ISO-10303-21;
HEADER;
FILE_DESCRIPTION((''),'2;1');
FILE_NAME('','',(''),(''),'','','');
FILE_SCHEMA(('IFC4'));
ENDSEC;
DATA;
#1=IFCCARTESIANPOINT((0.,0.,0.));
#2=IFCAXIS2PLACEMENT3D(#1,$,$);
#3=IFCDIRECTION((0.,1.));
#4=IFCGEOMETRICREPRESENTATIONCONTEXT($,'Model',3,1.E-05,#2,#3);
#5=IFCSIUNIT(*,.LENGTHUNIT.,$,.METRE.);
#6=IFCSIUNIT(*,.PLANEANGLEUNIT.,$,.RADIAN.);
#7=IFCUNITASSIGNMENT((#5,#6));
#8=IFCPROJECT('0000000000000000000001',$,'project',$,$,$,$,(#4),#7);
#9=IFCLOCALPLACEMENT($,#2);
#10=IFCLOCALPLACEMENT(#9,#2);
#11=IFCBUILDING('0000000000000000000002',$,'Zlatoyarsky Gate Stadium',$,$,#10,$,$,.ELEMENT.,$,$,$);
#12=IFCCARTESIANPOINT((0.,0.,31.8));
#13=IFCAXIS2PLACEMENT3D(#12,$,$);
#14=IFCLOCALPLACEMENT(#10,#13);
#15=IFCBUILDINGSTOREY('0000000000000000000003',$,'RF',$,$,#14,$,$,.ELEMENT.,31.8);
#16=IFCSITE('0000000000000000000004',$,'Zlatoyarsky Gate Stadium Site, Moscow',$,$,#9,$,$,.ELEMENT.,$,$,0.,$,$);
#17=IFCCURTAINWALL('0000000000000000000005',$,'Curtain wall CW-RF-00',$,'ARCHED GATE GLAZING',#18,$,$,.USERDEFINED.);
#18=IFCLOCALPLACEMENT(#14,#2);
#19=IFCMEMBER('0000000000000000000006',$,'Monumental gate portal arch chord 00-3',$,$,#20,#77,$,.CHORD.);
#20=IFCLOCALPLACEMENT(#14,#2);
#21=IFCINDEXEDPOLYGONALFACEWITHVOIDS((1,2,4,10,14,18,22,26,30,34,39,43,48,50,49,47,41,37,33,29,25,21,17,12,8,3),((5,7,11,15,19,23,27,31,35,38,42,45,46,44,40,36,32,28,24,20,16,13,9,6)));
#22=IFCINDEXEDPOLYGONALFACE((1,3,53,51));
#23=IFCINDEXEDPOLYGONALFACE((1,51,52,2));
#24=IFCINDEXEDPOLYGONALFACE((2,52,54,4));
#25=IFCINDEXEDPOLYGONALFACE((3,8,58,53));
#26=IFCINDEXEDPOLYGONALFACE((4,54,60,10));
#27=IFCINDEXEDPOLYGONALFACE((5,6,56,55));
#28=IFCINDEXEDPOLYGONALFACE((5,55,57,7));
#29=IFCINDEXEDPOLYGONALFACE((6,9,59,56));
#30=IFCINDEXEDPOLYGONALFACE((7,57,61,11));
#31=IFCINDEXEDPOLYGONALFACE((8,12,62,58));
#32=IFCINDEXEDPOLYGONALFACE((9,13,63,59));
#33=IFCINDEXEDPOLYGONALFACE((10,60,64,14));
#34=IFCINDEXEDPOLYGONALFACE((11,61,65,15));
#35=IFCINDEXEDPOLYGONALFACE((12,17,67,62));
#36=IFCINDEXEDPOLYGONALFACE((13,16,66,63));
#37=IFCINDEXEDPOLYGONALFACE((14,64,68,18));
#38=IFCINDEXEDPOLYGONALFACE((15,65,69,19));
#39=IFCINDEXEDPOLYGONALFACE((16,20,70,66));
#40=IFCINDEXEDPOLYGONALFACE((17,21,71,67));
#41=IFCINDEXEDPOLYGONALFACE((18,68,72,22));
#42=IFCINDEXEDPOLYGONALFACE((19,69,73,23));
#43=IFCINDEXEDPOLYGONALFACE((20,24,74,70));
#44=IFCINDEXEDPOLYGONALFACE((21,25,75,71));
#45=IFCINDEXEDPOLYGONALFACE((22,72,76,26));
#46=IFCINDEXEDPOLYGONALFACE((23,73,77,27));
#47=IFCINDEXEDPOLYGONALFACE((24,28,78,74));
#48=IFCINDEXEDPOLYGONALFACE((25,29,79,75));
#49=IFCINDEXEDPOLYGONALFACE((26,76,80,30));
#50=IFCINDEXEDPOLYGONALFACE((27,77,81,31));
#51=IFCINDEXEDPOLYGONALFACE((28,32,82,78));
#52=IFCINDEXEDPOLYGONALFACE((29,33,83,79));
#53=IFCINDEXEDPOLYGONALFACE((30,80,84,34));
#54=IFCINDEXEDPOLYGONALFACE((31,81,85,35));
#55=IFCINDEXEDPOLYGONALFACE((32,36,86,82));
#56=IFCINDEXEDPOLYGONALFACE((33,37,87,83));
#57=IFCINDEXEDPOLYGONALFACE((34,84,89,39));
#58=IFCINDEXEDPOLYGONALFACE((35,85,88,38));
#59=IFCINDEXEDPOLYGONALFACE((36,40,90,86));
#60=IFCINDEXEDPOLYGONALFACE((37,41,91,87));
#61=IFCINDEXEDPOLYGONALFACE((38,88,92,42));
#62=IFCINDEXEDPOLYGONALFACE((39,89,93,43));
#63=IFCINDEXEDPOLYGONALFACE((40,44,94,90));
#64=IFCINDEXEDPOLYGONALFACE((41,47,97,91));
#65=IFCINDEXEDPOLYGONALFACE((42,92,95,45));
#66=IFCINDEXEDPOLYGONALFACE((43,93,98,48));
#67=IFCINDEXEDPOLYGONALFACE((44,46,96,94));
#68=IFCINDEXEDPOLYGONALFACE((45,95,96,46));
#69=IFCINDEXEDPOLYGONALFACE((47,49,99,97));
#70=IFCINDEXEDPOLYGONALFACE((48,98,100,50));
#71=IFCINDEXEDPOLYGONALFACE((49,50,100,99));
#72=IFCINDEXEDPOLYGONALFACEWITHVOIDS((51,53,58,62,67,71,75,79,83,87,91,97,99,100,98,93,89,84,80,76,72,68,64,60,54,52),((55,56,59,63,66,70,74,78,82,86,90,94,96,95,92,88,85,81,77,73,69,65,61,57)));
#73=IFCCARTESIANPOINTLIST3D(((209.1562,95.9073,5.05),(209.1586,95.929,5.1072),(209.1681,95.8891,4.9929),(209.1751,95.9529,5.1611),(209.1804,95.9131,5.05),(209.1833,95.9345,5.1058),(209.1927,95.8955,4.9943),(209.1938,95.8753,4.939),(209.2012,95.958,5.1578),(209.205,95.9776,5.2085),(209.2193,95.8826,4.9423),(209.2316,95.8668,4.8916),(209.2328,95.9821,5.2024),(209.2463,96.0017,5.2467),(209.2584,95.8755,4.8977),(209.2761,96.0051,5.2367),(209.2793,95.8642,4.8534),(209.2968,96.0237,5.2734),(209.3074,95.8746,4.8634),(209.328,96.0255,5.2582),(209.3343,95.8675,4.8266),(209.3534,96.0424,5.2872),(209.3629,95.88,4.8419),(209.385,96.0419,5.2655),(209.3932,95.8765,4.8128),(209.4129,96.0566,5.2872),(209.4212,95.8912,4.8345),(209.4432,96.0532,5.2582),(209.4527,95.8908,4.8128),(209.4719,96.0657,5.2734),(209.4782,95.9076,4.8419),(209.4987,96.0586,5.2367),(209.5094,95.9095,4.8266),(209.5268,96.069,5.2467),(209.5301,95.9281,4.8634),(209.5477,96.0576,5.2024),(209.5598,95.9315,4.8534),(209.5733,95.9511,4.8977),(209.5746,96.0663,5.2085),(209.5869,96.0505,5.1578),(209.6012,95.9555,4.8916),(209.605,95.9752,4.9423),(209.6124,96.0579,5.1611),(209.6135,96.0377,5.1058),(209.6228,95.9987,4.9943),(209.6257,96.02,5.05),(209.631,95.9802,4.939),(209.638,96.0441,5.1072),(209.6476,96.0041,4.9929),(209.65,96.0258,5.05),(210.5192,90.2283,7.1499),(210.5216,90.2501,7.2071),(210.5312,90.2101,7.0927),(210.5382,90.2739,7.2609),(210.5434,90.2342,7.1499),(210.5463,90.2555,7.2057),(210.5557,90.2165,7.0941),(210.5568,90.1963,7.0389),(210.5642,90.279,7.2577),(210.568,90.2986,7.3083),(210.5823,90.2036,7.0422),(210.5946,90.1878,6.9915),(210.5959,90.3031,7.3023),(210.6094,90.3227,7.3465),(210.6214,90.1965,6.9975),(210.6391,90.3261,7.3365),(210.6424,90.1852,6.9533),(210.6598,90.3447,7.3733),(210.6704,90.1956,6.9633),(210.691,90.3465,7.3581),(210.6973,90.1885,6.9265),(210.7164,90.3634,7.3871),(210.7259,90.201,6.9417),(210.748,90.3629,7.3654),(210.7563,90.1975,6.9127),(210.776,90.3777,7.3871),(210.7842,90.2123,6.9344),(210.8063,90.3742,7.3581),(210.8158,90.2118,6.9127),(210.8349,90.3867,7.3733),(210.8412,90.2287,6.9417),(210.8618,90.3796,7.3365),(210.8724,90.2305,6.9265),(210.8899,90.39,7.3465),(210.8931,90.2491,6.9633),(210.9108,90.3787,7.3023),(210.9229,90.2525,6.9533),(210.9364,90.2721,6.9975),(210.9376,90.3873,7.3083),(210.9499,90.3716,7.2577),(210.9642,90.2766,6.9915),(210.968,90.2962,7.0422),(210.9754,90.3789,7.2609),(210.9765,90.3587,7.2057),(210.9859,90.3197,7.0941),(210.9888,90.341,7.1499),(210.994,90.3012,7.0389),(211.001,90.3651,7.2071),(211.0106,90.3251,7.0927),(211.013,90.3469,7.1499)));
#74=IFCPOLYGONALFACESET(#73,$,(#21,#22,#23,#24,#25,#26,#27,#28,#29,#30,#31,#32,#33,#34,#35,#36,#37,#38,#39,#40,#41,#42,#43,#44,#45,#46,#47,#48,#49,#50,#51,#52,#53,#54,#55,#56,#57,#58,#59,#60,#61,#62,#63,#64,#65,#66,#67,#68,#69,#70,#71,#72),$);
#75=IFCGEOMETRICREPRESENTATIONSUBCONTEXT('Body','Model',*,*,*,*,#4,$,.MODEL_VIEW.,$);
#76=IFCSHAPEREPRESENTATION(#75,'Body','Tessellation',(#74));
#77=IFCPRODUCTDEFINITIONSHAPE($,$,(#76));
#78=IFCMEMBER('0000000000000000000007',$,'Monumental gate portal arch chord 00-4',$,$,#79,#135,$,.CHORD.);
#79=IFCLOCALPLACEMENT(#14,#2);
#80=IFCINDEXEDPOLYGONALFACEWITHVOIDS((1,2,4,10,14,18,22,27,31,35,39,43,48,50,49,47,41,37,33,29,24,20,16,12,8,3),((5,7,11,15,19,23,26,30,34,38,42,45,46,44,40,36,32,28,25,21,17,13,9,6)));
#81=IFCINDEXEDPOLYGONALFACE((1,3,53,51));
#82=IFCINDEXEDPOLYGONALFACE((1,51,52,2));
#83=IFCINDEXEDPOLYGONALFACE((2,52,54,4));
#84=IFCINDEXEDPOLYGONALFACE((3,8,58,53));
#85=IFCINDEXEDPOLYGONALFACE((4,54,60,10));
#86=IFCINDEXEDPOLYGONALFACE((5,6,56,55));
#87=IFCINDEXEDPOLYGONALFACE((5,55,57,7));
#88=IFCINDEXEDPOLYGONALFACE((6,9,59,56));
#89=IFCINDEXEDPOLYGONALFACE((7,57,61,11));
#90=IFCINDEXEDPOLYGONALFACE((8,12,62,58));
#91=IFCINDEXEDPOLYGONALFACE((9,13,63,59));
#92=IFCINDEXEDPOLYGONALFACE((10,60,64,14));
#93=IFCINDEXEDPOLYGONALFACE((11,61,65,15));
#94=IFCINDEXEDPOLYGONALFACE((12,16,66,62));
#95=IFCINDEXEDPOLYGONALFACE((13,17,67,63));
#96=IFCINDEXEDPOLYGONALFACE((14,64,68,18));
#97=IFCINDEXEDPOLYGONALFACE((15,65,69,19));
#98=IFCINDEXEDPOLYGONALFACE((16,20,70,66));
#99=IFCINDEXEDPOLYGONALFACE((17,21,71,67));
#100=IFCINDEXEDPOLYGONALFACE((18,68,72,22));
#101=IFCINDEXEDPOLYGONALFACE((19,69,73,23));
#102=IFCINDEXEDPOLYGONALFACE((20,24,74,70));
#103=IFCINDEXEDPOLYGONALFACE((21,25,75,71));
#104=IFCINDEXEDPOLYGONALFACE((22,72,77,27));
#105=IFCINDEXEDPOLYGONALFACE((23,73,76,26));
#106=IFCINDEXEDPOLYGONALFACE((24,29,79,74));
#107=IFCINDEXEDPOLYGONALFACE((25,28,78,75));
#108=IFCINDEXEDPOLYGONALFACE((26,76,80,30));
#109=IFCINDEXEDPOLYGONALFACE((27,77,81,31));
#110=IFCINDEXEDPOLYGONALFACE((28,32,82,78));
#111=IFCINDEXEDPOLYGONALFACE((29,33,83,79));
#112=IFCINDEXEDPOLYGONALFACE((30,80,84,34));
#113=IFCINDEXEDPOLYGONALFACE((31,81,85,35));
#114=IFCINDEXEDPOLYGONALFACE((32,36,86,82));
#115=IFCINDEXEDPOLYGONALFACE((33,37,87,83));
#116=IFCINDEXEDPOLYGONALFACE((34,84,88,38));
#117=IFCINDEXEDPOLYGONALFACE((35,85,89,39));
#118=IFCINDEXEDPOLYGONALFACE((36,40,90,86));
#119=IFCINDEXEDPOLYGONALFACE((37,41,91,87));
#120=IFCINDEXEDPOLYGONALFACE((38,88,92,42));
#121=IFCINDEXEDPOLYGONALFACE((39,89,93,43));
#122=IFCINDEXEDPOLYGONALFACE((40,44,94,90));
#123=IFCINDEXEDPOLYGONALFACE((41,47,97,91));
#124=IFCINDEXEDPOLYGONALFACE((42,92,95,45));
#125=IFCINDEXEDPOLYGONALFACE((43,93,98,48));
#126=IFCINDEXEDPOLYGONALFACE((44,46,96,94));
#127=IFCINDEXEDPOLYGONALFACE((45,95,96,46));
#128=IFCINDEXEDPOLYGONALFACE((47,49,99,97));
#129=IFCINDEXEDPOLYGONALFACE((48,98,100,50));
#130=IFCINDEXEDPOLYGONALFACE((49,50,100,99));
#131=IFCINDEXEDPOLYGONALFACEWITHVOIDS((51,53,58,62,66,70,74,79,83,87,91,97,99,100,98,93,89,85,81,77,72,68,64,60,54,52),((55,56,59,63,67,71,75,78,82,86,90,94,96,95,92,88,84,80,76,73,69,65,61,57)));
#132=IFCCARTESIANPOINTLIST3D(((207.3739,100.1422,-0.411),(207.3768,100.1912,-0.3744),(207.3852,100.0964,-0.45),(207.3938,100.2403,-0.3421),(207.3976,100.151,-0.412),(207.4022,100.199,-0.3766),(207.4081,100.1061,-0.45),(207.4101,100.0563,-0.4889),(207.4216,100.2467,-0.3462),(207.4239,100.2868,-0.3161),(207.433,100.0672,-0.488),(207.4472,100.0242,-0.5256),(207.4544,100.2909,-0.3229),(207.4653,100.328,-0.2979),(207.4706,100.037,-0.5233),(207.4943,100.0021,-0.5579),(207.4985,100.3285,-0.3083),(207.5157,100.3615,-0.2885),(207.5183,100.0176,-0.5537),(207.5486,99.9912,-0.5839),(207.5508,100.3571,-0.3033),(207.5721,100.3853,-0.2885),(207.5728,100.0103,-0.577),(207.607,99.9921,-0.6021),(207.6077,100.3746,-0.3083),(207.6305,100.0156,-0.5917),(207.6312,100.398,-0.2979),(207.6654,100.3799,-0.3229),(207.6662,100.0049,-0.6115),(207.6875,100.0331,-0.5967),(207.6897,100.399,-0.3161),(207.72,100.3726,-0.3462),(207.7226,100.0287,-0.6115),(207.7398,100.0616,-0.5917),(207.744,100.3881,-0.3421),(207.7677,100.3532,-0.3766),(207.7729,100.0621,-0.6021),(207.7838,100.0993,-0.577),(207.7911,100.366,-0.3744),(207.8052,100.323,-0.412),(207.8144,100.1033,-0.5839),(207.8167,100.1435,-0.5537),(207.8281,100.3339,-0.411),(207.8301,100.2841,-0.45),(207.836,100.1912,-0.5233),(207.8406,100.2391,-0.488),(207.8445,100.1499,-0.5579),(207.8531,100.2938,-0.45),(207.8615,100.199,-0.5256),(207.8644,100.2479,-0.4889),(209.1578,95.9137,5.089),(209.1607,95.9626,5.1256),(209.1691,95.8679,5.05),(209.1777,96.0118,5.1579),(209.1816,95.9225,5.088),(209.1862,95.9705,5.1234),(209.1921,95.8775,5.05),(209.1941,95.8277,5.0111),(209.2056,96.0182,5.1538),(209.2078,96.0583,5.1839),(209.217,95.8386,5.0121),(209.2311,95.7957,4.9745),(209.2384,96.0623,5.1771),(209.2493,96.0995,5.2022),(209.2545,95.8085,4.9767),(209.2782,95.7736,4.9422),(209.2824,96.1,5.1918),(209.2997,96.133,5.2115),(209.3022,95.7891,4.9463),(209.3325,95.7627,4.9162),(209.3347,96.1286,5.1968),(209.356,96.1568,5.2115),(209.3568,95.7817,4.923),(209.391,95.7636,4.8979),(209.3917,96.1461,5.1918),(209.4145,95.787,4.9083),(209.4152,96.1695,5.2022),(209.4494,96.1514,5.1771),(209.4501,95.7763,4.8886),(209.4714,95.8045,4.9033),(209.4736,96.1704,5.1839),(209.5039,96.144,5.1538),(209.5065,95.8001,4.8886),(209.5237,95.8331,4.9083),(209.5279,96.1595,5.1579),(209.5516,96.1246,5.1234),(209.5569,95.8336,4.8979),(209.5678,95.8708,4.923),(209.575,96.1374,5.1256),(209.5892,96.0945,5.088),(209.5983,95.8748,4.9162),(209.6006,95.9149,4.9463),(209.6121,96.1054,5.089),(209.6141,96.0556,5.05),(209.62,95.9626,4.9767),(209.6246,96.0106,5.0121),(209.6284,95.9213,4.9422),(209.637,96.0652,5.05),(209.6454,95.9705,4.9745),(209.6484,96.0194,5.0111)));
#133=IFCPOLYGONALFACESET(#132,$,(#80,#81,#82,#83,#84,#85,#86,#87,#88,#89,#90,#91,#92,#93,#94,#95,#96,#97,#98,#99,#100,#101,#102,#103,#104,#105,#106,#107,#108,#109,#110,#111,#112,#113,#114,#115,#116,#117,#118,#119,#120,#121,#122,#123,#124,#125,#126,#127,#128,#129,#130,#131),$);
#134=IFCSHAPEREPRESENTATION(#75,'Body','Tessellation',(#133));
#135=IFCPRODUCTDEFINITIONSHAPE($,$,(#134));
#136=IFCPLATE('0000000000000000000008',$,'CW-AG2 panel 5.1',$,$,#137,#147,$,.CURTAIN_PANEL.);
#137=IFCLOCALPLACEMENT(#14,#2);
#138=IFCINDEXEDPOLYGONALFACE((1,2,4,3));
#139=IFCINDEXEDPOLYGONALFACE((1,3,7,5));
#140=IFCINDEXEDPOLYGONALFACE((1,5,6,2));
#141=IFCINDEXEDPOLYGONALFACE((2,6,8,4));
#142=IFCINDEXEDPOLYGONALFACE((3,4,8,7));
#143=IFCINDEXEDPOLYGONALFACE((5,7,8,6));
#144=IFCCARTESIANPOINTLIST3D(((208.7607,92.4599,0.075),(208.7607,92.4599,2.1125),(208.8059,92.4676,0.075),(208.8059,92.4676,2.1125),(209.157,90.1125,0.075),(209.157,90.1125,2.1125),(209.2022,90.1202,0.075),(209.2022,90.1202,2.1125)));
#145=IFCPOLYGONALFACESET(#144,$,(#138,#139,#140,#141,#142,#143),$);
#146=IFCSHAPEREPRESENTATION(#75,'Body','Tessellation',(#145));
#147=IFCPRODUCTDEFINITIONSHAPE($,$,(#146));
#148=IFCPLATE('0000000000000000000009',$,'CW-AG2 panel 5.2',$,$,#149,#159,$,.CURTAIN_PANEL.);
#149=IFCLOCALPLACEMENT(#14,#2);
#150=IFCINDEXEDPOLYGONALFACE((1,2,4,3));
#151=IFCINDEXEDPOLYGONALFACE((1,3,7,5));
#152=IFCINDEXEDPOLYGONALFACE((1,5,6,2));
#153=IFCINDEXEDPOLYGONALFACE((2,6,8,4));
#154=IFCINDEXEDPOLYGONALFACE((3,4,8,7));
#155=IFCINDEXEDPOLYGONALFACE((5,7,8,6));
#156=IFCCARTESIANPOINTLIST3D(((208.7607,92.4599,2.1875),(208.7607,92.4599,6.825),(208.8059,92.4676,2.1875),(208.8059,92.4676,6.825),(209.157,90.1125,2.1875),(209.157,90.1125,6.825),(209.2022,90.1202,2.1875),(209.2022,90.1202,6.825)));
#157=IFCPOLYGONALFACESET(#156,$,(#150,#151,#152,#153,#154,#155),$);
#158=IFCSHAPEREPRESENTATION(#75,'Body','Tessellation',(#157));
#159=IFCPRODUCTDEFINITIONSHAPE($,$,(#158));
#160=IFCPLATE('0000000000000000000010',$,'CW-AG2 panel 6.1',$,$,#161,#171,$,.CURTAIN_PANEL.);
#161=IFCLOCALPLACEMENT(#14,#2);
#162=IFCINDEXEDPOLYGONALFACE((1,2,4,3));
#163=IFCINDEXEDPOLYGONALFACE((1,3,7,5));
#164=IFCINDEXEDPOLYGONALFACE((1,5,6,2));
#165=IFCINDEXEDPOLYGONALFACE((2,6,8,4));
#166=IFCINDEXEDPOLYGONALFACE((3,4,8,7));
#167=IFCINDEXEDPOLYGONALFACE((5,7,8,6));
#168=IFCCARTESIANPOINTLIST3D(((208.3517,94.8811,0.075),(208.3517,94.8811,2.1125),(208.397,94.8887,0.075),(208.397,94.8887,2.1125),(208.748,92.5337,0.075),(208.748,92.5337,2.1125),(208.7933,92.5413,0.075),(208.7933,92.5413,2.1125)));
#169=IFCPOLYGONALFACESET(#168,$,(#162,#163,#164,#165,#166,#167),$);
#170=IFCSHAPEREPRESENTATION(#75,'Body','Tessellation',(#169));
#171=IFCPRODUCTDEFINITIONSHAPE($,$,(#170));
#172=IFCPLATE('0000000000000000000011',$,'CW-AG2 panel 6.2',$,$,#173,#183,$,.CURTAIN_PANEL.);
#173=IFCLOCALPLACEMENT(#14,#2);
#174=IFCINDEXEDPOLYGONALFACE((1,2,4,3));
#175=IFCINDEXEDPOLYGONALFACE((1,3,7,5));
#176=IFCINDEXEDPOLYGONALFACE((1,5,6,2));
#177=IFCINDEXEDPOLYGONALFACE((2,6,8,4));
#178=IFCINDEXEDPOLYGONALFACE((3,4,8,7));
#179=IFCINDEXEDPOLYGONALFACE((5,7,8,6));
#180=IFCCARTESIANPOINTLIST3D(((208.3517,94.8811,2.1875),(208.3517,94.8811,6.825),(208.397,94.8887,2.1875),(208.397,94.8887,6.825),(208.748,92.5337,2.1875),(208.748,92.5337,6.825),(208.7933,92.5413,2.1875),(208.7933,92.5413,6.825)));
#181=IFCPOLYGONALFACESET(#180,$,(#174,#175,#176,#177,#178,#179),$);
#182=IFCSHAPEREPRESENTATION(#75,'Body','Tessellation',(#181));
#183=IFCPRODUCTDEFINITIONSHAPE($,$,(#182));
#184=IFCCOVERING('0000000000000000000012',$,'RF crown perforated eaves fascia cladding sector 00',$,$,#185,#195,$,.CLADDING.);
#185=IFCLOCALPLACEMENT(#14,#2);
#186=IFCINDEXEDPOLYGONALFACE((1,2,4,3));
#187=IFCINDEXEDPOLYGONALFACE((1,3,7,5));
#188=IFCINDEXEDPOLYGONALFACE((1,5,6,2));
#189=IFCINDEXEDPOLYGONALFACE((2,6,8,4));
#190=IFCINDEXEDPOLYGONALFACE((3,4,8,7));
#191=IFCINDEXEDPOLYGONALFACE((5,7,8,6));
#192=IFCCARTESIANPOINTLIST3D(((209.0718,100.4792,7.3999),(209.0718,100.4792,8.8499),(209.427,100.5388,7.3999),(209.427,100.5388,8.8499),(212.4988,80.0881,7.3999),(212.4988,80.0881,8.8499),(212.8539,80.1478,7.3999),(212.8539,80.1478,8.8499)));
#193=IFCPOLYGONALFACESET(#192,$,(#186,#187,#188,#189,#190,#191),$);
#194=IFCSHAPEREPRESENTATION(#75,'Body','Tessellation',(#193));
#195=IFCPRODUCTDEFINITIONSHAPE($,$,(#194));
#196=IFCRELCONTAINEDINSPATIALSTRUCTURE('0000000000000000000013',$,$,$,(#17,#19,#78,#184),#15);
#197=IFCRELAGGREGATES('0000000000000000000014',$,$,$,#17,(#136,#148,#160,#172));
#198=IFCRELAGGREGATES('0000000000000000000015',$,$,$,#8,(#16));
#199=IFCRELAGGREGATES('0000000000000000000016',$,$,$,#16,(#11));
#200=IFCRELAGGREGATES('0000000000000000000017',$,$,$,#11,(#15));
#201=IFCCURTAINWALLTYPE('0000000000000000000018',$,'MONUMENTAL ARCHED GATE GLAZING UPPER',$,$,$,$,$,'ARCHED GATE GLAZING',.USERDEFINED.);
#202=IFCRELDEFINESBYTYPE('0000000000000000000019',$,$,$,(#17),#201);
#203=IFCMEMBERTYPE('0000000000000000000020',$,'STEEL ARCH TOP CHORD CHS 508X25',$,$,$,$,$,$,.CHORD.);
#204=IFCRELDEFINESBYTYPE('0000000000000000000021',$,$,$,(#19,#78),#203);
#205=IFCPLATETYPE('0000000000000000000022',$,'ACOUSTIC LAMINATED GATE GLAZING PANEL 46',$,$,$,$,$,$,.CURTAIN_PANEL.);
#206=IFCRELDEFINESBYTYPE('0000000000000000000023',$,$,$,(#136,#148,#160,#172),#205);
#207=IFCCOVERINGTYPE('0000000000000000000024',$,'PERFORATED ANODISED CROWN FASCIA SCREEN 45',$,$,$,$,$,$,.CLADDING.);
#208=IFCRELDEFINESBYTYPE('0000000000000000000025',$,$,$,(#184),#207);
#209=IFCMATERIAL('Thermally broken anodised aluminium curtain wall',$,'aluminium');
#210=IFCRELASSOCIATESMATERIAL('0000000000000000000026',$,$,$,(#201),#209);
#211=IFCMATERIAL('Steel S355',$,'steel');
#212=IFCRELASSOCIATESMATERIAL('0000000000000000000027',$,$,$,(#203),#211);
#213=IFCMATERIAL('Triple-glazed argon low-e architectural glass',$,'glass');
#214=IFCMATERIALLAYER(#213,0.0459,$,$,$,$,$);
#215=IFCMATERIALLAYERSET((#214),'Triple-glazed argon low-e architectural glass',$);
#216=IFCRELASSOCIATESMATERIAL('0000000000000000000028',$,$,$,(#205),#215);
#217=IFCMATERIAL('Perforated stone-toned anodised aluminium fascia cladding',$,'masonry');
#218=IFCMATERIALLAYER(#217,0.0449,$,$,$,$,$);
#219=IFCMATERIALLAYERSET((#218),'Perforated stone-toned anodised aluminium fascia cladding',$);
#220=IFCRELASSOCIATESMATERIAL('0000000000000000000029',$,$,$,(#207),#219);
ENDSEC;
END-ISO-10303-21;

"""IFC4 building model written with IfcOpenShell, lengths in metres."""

from ifc_helpers import new_model, si_unit, direction, frame, origin, origin_2d, place, context, subcontext, project, spatial, rectangle, hollow_circle, extrude, material, layer, layer_set, material_profile, profile_set, type_object, element, aggregate, save


model = new_model("IFC4")

# Units and contexts
model_context = context("Model", 3, precision=1e-05, world=origin(), true_north=direction((0.0, 1.0)))
body_context = subcontext(model_context, "Body", "Model", "MODEL_VIEW")
ifc_project = project(units=[si_unit("LENGTHUNIT", "METRE"), si_unit("PLANEANGLEUNIT", "RADIAN")], contexts=[model_context])

# Site, building, storey
site_placement = place(None, origin())
site = spatial("IfcSite", under=ifc_project, at=site_placement, Name="Zlatoyarsky Gate Stadium Site, Moscow", CompositionType="ELEMENT", RefElevation=0.0)
building_placement = place(site_placement, origin())
building = spatial("IfcBuilding", under=site, at=building_placement, Name="Zlatoyarsky Gate Stadium", CompositionType="ELEMENT")
storey_placement = place(building_placement, frame((0.0, 0.0, 31.8)))
storey = spatial("IfcBuildingStorey", under=building, at=storey_placement, Name="RF", CompositionType="ELEMENT", Elevation=31.8)

# Curtain wall
ifc_material_1 = material(Name="Thermally broken anodised aluminium curtain wall", Category="aluminium")
curtain_wall_type = type_object("IfcCurtainWallType", Name="MONUMENTAL ARCHED GATE GLAZING UPPER", ElementType="ARCHED GATE GLAZING", PredefinedType="USERDEFINED", material=ifc_material_1)
curtain_wall_placement = place(storey_placement, origin())
curtain_wall = element("IfcCurtainWall", 1, at=curtain_wall_placement, inside=storey, type_object=curtain_wall_type, Name="Curtain wall CW-RF-00", ObjectType="ARCHED GATE GLAZING", PredefinedType="USERDEFINED")

# Members
ifc_material_2 = material(Name="Steel S355", Category="steel")
ifc_material_profile_1 = material_profile(ifc_material_2, hollow_circle(Radius=0.2539, WallThickness=0.0249, at=origin_2d()), Name="CHS 508X25")
ifc_profile_set_1 = profile_set([ifc_material_profile_1], Name="Steel S355")
member_type_1 = type_object("IfcMemberType", Name="STEEL ARCH TOP CHORD CHS 508X25", PredefinedType="CHORD", material=ifc_profile_set_1)
member_1_placement = place(storey_placement, frame((210.7661, 90.2876, 7.1499), z_axis=(-0.219623, 0.915035, -0.338344), x_axis=(-0.972384, -0.233387, 0.0)))
element("IfcMember", 2, at=member_1_placement, inside=storey, type_object=member_type_1, Name="Monumental gate portal arch chord 00-3", PredefinedType="CHORD", context=body_context, shape_type="SweptSolid", body=[
    extrude(hollow_circle(Radius=0.2539, WallThickness=0.0249, at=origin_2d()), origin(), (0.0, 0.0, 1.0), 6.2063),
])
member_2_placement = place(storey_placement, frame((209.4031, 95.9666, 5.05), z_axis=(-0.249038, 0.590303, -0.767803), x_axis=(-0.921362, -0.388706, 0.0)))
element("IfcMember", 3, at=member_2_placement, inside=storey, type_object=member_type_1, Name="Monumental gate portal arch chord 00-4", PredefinedType="CHORD", context=body_context, shape_type="SweptSolid", body=[
    extrude(hollow_circle(Radius=0.2539, WallThickness=0.0249, at=origin_2d()), origin(), (0.0, 0.0, 1.0), 7.1633),
])

# Plates
ifc_material_3 = material(Name="Triple-glazed argon low-e architectural glass", Category="glass")
ifc_layer_1 = layer(ifc_material_3, 0.0459)
ifc_layer_set_1 = layer_set([ifc_layer_1], Name="Triple-glazed argon low-e architectural glass")
plate_type = type_object("IfcPlateType", Name="ACOUSTIC LAMINATED GATE GLAZING PANEL 46", PredefinedType="CURTAIN_PANEL", material=ifc_layer_set_1)
plate_1_placement = place(storey_placement, frame((208.9814, 91.29, 0.075), z_axis=(0.0, 0.0, 1.0), x_axis=(-0.166482, 0.986044, 0.0)))
plate_1 = element("IfcPlate", 4, at=plate_1_placement, type_object=plate_type, Name="CW-AG2 panel 5.1", PredefinedType="CURTAIN_PANEL", context=body_context, shape_type="SweptSolid", body=[
    extrude(rectangle(XDim=2.3806, YDim=0.0459, at=origin_2d()), origin(), (0.0, 0.0, 1.0), 2.0376),
])
plate_2_placement = place(storey_placement, frame((208.9814, 91.29, 2.1875), z_axis=(0.0, 0.0, 1.0), x_axis=(-0.166482, 0.986044, 0.0)))
plate_2 = element("IfcPlate", 5, at=plate_2_placement, type_object=plate_type, Name="CW-AG2 panel 5.2", PredefinedType="CURTAIN_PANEL", context=body_context, shape_type="SweptSolid", body=[
    extrude(rectangle(XDim=2.3806, YDim=0.0459, at=origin_2d()), origin(), (0.0, 0.0, 1.0), 4.6375),
])
plate_3_placement = place(storey_placement, frame((208.5725, 93.7112, 0.075), z_axis=(0.0, 0.0, 1.0), x_axis=(-0.166482, 0.986044, 0.0)))
plate_3 = element("IfcPlate", 6, at=plate_3_placement, type_object=plate_type, Name="CW-AG2 panel 6.1", PredefinedType="CURTAIN_PANEL", context=body_context, shape_type="SweptSolid", body=[
    extrude(rectangle(XDim=2.3806, YDim=0.0459, at=origin_2d()), origin(), (0.0, 0.0, 1.0), 2.0376),
])
plate_4_placement = place(storey_placement, frame((208.5725, 93.7112, 2.1875), z_axis=(0.0, 0.0, 1.0), x_axis=(-0.166482, 0.986044, 0.0)))
plate_4 = element("IfcPlate", 7, at=plate_4_placement, type_object=plate_type, Name="CW-AG2 panel 6.2", PredefinedType="CURTAIN_PANEL", context=body_context, shape_type="SweptSolid", body=[
    extrude(rectangle(XDim=2.3806, YDim=0.0459, at=origin_2d()), origin(), (0.0, 0.0, 1.0), 4.6375),
])
aggregate(curtain_wall, [plate_1, plate_2, plate_3, plate_4])

# Covering
ifc_material_4 = material(Name="Perforated stone-toned anodised aluminium fascia cladding", Category="masonry")
ifc_layer_2 = layer(ifc_material_4, 0.0449)
ifc_layer_set_2 = layer_set([ifc_layer_2], Name="Perforated stone-toned anodised aluminium fascia cladding")
covering_type = type_object("IfcCoveringType", Name="PERFORATED ANODISED CROWN FASCIA SCREEN 45", PredefinedType="CLADDING", material=ifc_layer_set_2)
covering_placement = place(storey_placement, frame((210.9629, 90.3135, 7.3999), z_axis=(0.0, 0.0, 1.0), x_axis=(-0.165738, 0.98617, 0.0)))
element("IfcCovering", 8, at=covering_placement, inside=storey, type_object=covering_type, Name="RF crown perforated eaves fascia cladding sector 00", PredefinedType="CLADDING", context=body_context, shape_type="SweptSolid", body=[
    extrude(rectangle(XDim=20.677, YDim=0.3601, at=origin_2d()), origin(), (0.0, 0.0, 1.0), 1.45),
])

save(model, "model.ifc")
